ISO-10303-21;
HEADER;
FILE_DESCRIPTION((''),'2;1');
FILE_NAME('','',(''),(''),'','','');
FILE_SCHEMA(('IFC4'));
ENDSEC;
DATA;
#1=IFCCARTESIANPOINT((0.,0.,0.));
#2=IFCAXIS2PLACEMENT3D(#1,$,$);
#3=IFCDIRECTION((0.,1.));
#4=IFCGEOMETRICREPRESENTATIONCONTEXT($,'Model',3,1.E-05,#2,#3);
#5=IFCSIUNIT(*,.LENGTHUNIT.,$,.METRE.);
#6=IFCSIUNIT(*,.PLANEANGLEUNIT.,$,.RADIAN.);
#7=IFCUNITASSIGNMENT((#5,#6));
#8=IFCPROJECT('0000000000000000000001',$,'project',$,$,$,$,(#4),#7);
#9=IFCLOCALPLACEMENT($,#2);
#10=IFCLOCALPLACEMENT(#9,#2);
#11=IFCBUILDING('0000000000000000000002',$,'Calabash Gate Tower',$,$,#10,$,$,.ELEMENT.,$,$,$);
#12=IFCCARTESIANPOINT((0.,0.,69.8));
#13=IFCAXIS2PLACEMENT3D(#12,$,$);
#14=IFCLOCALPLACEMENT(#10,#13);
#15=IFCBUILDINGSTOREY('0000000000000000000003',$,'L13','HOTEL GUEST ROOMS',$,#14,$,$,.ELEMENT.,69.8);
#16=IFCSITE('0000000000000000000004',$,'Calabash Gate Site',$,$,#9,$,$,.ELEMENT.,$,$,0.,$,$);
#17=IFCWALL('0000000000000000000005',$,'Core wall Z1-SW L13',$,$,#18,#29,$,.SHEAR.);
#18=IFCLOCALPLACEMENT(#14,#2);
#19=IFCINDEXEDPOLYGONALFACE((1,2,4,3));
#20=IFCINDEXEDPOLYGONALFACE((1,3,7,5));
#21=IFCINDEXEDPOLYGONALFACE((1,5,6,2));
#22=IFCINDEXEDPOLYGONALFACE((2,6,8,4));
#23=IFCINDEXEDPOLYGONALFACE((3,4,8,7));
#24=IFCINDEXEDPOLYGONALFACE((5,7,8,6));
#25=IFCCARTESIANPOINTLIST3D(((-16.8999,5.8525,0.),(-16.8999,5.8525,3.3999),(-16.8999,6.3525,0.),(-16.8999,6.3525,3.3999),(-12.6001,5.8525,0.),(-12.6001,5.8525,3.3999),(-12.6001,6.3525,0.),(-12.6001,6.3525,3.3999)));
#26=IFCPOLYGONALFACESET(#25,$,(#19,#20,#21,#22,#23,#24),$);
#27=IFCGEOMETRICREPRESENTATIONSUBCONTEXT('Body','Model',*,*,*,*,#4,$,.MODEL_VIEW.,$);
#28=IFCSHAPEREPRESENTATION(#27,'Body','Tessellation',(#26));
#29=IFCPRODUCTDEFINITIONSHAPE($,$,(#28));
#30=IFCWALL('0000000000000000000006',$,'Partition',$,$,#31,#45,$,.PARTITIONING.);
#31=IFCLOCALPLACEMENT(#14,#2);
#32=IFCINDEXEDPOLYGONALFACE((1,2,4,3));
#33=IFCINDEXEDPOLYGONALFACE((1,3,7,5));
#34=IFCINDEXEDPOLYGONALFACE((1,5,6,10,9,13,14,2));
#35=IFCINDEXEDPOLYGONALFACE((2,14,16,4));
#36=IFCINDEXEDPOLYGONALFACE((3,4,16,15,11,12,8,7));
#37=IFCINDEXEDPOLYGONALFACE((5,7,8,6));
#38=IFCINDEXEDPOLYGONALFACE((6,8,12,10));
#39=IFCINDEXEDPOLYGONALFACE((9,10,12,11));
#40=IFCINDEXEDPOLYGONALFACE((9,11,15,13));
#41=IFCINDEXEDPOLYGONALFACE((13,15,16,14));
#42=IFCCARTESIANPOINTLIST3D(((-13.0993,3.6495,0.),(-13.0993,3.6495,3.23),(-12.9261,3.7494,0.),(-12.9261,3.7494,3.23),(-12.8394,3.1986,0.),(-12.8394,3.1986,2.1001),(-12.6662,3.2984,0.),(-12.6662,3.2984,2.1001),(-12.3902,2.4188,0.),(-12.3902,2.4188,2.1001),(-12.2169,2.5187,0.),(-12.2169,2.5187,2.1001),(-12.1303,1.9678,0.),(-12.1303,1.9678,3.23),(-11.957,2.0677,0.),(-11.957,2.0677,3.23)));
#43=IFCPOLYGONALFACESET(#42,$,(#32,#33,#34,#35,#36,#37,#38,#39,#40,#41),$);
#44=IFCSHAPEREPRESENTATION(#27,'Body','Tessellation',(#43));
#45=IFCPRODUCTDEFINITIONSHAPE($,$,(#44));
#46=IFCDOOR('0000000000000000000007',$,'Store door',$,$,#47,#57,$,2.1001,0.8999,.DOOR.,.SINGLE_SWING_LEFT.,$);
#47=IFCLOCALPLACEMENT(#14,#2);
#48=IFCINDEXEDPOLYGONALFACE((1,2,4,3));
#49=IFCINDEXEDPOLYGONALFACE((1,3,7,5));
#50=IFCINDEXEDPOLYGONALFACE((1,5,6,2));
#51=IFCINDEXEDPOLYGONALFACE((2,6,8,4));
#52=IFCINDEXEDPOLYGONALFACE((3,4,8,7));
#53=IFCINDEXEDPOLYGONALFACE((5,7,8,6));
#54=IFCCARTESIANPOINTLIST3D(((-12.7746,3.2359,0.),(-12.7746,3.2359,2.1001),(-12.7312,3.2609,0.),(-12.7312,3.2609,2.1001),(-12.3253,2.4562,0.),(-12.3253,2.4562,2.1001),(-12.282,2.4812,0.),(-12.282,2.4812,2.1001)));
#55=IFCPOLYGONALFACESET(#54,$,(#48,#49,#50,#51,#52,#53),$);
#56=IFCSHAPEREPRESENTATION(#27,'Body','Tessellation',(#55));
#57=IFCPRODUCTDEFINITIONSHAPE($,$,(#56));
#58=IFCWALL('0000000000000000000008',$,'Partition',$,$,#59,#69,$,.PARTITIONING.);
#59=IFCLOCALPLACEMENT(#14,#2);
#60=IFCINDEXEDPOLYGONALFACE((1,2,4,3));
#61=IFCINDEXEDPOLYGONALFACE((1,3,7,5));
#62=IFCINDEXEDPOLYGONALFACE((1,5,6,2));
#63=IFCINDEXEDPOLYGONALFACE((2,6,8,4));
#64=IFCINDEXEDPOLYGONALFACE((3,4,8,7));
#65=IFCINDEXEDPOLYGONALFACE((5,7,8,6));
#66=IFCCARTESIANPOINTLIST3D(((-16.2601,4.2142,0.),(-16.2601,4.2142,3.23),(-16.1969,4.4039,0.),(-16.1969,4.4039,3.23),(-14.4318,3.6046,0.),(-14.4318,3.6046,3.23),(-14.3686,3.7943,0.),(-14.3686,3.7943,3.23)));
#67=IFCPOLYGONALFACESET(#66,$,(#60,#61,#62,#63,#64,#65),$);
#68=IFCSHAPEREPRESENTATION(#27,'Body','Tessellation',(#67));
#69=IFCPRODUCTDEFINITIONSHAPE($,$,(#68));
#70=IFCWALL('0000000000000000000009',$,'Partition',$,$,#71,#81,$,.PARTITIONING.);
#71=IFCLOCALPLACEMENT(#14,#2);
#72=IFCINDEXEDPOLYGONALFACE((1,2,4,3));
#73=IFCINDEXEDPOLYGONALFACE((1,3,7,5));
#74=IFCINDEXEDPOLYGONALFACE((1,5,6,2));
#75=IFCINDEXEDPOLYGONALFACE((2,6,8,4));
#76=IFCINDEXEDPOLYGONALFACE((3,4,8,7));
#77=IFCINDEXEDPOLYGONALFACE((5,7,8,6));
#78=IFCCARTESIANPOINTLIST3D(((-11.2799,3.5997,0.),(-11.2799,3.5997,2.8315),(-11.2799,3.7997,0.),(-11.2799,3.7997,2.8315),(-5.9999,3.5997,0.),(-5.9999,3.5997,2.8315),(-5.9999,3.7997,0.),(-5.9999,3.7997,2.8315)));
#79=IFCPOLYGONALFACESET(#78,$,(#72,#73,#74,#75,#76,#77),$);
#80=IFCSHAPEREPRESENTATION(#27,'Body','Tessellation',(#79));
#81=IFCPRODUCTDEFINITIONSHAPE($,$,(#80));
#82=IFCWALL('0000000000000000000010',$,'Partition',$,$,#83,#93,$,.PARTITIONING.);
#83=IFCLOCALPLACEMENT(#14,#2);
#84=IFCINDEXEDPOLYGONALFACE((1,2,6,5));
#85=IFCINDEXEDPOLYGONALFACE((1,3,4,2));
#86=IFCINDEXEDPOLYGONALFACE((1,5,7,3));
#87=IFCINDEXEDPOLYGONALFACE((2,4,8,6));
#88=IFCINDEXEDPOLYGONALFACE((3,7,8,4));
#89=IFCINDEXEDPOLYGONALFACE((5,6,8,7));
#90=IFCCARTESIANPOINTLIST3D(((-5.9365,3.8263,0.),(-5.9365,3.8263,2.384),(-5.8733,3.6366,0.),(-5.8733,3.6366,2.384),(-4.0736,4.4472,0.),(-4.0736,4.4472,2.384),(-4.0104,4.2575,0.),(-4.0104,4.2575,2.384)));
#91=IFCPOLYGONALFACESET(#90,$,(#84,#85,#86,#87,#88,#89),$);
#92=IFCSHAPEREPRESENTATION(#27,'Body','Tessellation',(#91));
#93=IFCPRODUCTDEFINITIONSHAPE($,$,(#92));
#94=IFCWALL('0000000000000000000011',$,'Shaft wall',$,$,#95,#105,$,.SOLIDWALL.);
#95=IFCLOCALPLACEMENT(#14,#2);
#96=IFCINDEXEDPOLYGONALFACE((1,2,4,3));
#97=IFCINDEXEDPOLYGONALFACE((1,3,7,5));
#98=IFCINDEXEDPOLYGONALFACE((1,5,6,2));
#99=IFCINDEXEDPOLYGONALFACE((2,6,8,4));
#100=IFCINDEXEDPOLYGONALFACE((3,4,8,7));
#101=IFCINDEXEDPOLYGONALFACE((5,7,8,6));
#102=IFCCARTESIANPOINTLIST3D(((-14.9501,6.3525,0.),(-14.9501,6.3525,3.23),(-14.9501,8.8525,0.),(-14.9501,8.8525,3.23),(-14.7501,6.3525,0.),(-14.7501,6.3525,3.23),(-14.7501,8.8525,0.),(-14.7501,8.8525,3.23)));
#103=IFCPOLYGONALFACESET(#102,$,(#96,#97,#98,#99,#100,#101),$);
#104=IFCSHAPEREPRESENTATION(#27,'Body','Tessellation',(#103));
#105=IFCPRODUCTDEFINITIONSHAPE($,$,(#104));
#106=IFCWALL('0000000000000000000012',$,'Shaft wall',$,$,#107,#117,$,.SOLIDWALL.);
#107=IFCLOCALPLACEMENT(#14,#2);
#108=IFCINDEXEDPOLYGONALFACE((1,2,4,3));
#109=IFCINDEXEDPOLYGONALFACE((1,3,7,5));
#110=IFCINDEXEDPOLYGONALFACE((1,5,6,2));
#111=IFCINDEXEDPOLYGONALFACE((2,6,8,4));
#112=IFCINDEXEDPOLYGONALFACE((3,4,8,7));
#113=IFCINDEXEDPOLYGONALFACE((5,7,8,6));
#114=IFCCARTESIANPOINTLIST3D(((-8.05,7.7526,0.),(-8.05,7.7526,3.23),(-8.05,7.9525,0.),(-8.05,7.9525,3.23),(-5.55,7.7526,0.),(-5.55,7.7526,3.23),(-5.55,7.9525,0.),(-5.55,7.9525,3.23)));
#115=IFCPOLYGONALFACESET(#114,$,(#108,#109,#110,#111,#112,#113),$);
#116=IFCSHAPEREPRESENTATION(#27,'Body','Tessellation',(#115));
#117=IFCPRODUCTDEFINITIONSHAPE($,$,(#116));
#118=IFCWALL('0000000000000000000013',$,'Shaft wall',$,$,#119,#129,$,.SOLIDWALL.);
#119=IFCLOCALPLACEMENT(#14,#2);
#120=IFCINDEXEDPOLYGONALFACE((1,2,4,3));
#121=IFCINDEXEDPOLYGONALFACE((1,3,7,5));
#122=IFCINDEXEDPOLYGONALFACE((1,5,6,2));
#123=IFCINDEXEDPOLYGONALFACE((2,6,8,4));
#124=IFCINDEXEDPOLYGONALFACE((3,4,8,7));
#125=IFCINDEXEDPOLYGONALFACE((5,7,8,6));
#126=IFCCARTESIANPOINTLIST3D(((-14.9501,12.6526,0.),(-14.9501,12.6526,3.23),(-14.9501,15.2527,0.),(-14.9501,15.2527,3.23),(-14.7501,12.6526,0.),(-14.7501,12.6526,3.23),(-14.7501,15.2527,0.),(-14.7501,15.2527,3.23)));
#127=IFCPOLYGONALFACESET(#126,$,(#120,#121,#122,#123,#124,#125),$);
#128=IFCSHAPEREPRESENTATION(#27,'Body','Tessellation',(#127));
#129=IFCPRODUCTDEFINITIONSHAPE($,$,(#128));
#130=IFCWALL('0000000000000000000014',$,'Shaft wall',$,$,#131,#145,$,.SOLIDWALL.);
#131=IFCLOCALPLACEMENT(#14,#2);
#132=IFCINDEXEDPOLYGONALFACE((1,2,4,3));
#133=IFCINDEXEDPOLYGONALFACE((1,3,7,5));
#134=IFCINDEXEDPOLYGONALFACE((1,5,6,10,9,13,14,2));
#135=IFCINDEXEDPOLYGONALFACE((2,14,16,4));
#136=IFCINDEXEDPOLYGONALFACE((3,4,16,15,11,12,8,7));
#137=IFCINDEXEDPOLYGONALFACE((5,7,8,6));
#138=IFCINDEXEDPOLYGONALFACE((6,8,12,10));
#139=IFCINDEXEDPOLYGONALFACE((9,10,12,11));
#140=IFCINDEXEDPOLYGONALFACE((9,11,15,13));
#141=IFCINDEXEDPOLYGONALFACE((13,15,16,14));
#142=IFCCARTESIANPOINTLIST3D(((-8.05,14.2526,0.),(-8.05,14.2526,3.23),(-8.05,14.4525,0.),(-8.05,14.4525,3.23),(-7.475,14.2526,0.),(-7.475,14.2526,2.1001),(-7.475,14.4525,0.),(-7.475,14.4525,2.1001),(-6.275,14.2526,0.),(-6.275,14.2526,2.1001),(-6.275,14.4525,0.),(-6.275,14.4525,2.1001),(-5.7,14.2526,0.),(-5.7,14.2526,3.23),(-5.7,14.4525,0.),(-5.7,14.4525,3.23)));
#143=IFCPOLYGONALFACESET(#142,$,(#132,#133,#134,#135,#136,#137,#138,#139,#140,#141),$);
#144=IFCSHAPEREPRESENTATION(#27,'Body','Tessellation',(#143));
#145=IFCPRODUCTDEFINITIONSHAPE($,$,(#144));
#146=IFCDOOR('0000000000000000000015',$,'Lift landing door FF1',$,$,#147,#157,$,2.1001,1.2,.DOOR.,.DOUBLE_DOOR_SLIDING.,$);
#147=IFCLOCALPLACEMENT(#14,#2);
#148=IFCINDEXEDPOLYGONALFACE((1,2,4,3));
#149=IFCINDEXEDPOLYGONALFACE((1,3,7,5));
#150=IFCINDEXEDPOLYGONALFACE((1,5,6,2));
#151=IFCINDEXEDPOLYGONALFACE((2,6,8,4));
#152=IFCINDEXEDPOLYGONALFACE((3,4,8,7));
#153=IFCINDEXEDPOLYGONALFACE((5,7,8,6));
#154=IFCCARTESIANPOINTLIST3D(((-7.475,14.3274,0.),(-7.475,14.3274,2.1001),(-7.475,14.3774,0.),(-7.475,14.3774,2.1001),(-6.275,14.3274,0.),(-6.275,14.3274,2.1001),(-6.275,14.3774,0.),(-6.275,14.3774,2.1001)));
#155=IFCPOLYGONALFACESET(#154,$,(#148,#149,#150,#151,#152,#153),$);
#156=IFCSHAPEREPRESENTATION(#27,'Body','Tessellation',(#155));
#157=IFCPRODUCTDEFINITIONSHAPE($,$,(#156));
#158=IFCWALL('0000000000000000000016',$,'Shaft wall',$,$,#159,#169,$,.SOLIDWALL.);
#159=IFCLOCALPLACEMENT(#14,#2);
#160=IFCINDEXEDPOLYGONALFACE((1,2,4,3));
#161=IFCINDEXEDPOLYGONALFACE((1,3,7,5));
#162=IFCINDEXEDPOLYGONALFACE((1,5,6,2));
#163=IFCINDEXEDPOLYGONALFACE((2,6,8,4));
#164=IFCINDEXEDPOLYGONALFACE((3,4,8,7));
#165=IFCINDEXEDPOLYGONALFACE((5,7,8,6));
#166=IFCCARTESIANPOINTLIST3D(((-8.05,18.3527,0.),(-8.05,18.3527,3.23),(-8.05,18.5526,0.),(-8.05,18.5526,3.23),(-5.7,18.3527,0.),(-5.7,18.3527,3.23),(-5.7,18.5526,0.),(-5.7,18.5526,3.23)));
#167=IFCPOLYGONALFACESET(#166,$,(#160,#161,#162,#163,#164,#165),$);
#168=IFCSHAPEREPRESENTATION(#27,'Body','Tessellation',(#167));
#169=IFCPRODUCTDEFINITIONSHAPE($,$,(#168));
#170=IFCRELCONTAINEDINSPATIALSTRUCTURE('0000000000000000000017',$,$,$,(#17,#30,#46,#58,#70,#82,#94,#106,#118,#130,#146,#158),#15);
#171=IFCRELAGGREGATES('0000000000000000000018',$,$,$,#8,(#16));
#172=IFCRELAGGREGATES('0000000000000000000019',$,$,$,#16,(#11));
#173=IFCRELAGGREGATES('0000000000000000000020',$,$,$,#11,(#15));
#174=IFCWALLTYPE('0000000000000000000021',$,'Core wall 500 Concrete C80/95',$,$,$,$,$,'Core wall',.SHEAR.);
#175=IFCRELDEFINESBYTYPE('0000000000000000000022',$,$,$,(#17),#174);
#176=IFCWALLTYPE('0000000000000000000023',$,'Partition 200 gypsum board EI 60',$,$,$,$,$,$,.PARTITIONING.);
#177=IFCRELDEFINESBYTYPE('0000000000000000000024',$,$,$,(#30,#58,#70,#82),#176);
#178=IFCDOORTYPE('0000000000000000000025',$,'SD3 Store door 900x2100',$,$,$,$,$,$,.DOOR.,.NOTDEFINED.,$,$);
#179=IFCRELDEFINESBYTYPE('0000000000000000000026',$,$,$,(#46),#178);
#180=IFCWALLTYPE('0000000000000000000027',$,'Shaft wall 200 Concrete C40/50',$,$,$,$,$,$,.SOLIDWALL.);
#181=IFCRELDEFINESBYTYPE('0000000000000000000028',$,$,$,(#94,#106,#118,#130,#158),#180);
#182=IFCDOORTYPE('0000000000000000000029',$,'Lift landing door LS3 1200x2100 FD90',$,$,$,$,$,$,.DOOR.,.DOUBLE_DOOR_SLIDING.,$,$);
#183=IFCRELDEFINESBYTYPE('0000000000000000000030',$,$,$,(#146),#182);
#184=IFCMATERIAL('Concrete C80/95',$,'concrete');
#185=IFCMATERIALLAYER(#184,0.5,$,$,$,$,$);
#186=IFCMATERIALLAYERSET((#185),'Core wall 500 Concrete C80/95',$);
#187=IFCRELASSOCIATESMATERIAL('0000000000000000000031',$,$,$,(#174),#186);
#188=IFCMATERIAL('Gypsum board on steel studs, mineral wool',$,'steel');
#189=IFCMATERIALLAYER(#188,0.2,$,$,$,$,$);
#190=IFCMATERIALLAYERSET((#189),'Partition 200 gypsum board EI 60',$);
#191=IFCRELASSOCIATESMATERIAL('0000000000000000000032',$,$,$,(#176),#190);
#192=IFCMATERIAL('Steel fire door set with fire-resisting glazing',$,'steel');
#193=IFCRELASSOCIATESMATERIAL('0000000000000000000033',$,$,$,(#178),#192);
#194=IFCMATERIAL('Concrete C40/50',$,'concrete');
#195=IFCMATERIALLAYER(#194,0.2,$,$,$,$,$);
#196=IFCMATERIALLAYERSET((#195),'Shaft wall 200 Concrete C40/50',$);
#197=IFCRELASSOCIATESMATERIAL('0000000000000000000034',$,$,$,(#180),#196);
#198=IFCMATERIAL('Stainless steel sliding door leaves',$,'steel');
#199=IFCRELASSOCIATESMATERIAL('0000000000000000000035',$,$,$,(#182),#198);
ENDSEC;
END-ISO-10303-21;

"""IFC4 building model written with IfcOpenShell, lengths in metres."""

from ifc_helpers import new_model, si_unit, direction, frame, frame_2d, origin, place, context, subcontext, project, spatial, rectangle, extrude, material, layer, layer_set, type_object, element, fill, save


model = new_model("IFC4")

# Units and contexts
model_context = context("Model", 3, precision=1e-05, world=origin(), true_north=direction((0.0, 1.0)))
body_context = subcontext(model_context, "Body", "Model", "MODEL_VIEW")
ifc_project = project(units=[si_unit("LENGTHUNIT", "METRE"), si_unit("PLANEANGLEUNIT", "RADIAN")], contexts=[model_context])

# Site, building, storey
site_placement = place(None, origin())
site = spatial("IfcSite", under=ifc_project, at=site_placement, Name="Calabash Gate Site", CompositionType="ELEMENT", RefElevation=0.0)
building_placement = place(site_placement, origin())
building = spatial("IfcBuilding", under=site, at=building_placement, Name="Calabash Gate Tower", CompositionType="ELEMENT")
storey_placement = place(building_placement, frame((0.0, 0.0, 69.8)))
storey = spatial("IfcBuildingStorey", under=building, at=storey_placement, Name="L13", Description="HOTEL GUEST ROOMS", CompositionType="ELEMENT", Elevation=69.8)

# Shared definitions
ifc_material_1 = material(Name="Concrete C80/95", Category="concrete")
ifc_layer_1 = layer(ifc_material_1, 0.5)
ifc_layer_set_1 = layer_set([ifc_layer_1], Name="Core wall 500 Concrete C80/95")
wall_type_1 = type_object("IfcWallType", Name="Core wall 500 Concrete C80/95", ElementType="Core wall", PredefinedType="SHEAR", material=ifc_layer_set_1)

# Wall
wall_1_placement = place(storey_placement, frame((-12.6001, 6.1025, 0.0), z_axis=(0.0, 0.0, 1.0), x_axis=(-1.0, 0.0, 0.0)))
element("IfcWall", 1, at=wall_1_placement, inside=storey, type_object=wall_type_1, Name="Core wall Z1-SW L13", PredefinedType="SHEAR", context=body_context, shape_type="SweptSolid", body=[
    extrude(rectangle(XDim=4.2998, YDim=0.5, at=frame_2d((2.1499, 0.0))), origin(), (0.0, 0.0, 1.0), 3.3999),
])

# Wall, opening, door
ifc_material_2 = material(Name="Gypsum board on steel studs, mineral wool", Category="steel")
ifc_layer_2 = layer(ifc_material_2, 0.2)
ifc_layer_set_2 = layer_set([ifc_layer_2], Name="Partition 200 gypsum board EI 60")
wall_type_2 = type_object("IfcWallType", Name="Partition 200 gypsum board EI 60", PredefinedType="PARTITIONING", material=ifc_layer_set_2)
wall_2_placement = place(storey_placement, frame((-13.0127, 3.6995, 0.0), z_axis=(0.0, 0.0, 1.0), x_axis=(0.499265, -0.866449, 0.0)))
wall_2 = element("IfcWall", 2, at=wall_2_placement, inside=storey, type_object=wall_type_2, Name="Partition", PredefinedType="PARTITIONING", context=body_context, shape_type="SweptSolid", body=[
    extrude(rectangle(XDim=1.9409, YDim=0.2, at=frame_2d((0.9705, 0.0))), origin(), (0.0, 0.0, 1.0), 3.23),
])
opening_1_placement = place(wall_2_placement, frame((0.5205, 0.0, 0.0)))
opening_1 = element("IfcOpeningElement", 3, at=opening_1_placement, cuts=wall_2, PredefinedType="OPENING", context=body_context, shape_type="SweptSolid", body=[
    extrude(rectangle(XDim=0.8999, YDim=2.1001, at=frame_2d((0.45, 1.05))), frame((0.0, 0.1099, 0.0), z_axis=(0.0, -1.0, 0.0), x_axis=(1.0, 0.0, 0.0)), (0.0, 0.0, 1.0), 0.22),
])
ifc_material_3 = material(Name="Steel fire door set with fire-resisting glazing", Category="steel")
door_type_1 = type_object("IfcDoorType", Name="SD3 Store door 900x2100", OperationType="NOTDEFINED", PredefinedType="DOOR", material=ifc_material_3)
door_1_placement = place(opening_1_placement, origin())
door_1 = element("IfcDoor", 4, at=door_1_placement, inside=storey, type_object=door_type_1, Name="Store door", OperationType="SINGLE_SWING_LEFT", OverallHeight=2.1001, OverallWidth=0.8999, PredefinedType="DOOR", context=body_context, shape_type="SweptSolid", body=[
    extrude(rectangle(XDim=0.8999, YDim=2.1001, at=frame_2d((0.45, 1.05))), frame((0.0, 0.0249, 0.0), z_axis=(0.0, -1.0, 0.0), x_axis=(1.0, 0.0, 0.0)), (0.0, 0.0, 1.0), 0.05),
])
fill(opening_1, door_1)

# Walls
wall_3_placement = place(storey_placement, frame((-16.2285, 4.3091, 0.0), z_axis=(0.0, 0.0, 1.0), x_axis=(0.948658, -0.316304, 0.0)))
element("IfcWall", 5, at=wall_3_placement, inside=storey, type_object=wall_type_2, Name="Partition", PredefinedType="PARTITIONING", context=body_context, shape_type="SweptSolid", body=[
    extrude(rectangle(XDim=1.9272, YDim=0.2, at=frame_2d((0.9636, 0.0))), origin(), (0.0, 0.0, 1.0), 3.23),
])
wall_4_placement = place(storey_placement, frame((-11.28, 3.6997, 0.0), z_axis=(0.0, 0.0, 1.0), x_axis=(1.0, 0.0, 0.0)))
element("IfcWall", 6, at=wall_4_placement, inside=storey, type_object=wall_type_2, Name="Partition", PredefinedType="PARTITIONING", context=body_context, shape_type="SweptSolid", body=[
    extrude(rectangle(XDim=5.28, YDim=0.2, at=frame_2d((2.6401, 0.0))), origin(), (0.0, 0.0, 1.0), 2.8315),
])
wall_5_placement = place(storey_placement, frame((-5.905, 3.7314, 0.0), z_axis=(0.0, 0.0, 1.0), x_axis=(0.948696, 0.31619, 0.0)))
element("IfcWall", 7, at=wall_5_placement, inside=storey, type_object=wall_type_2, Name="Partition", PredefinedType="PARTITIONING", context=body_context, shape_type="SweptSolid", body=[
    extrude(rectangle(XDim=1.9636, YDim=0.2, at=frame_2d((0.9819, 0.0))), origin(), (0.0, 0.0, 1.0), 2.384),
])
ifc_material_4 = material(Name="Concrete C40/50", Category="concrete")
ifc_layer_3 = layer(ifc_material_4, 0.2)
ifc_layer_set_3 = layer_set([ifc_layer_3], Name="Shaft wall 200 Concrete C40/50")
wall_type_3 = type_object("IfcWallType", Name="Shaft wall 200 Concrete C40/50", PredefinedType="SOLIDWALL", material=ifc_layer_set_3)
for number, where, z_axis, x_axis, name in (
    (8, (-14.8501, 6.3525, 0.0), (0.0, 0.0, 1.0), (0.0, 1.0, 0.0), "Shaft wall"),
    (9, (-8.05, 7.8525, 0.0), (0.0, 0.0, 1.0), (1.0, 0.0, 0.0), "Shaft wall"),
):
    element("IfcWall", number, at=place(storey_placement, frame(where, z_axis=z_axis, x_axis=x_axis)), inside=storey, type_object=wall_type_3, Name=name, PredefinedType="SOLIDWALL", context=body_context, shape_type="SweptSolid", body=[
        extrude(rectangle(XDim=2.5, YDim=0.2, at=frame_2d((1.25, 0.0))), origin(), (0.0, 0.0, 1.0), 3.23),
    ])
wall_6_placement = place(storey_placement, frame((-14.8501, 12.6526, 0.0), z_axis=(0.0, 0.0, 1.0), x_axis=(0.0, 1.0, 0.0)))
element("IfcWall", 10, at=wall_6_placement, inside=storey, type_object=wall_type_3, Name="Shaft wall", PredefinedType="SOLIDWALL", context=body_context, shape_type="SweptSolid", body=[
    extrude(rectangle(XDim=2.6001, YDim=0.2, at=frame_2d((1.3, 0.0))), origin(), (0.0, 0.0, 1.0), 3.23),
])

# Wall, opening, door
wall_7_placement = place(storey_placement, frame((-8.05, 14.3525, 0.0), z_axis=(0.0, 0.0, 1.0), x_axis=(1.0, 0.0, 0.0)))
wall_7 = element("IfcWall", 11, at=wall_7_placement, inside=storey, type_object=wall_type_3, Name="Shaft wall", PredefinedType="SOLIDWALL", context=body_context, shape_type="SweptSolid", body=[
    extrude(rectangle(XDim=2.3501, YDim=0.2, at=frame_2d((1.175, 0.0))), origin(), (0.0, 0.0, 1.0), 3.23),
])
opening_2_placement = place(wall_7_placement, frame((0.575, 0.0, 0.0)))
opening_2 = element("IfcOpeningElement", 12, at=opening_2_placement, cuts=wall_7, PredefinedType="OPENING", context=body_context, shape_type="SweptSolid", body=[
    extrude(rectangle(XDim=1.2, YDim=2.1001, at=frame_2d((0.6001, 1.05))), frame((0.0, 0.1099, 0.0), z_axis=(0.0, -1.0, 0.0), x_axis=(1.0, 0.0, 0.0)), (0.0, 0.0, 1.0), 0.22),
])
ifc_material_5 = material(Name="Stainless steel sliding door leaves", Category="steel")
door_type_2 = type_object("IfcDoorType", Name="Lift landing door LS3 1200x2100 FD90", OperationType="DOUBLE_DOOR_SLIDING", PredefinedType="DOOR", material=ifc_material_5)
door_2_placement = place(opening_2_placement, origin())
door_2 = element("IfcDoor", 13, at=door_2_placement, inside=storey, type_object=door_type_2, Name="Lift landing door FF1", OperationType="DOUBLE_DOOR_SLIDING", OverallHeight=2.1001, OverallWidth=1.2, PredefinedType="DOOR", context=body_context, shape_type="SweptSolid", body=[
    extrude(rectangle(XDim=1.2, YDim=2.1001, at=frame_2d((0.6001, 1.05))), frame((0.0, 0.0249, 0.0), z_axis=(0.0, -1.0, 0.0), x_axis=(1.0, 0.0, 0.0)), (0.0, 0.0, 1.0), 0.05),
])
fill(opening_2, door_2)

# Wall
wall_8_placement = place(storey_placement, frame((-8.05, 18.4526, 0.0), z_axis=(0.0, 0.0, 1.0), x_axis=(1.0, 0.0, 0.0)))
element("IfcWall", 14, at=wall_8_placement, inside=storey, type_object=wall_type_3, Name="Shaft wall", PredefinedType="SOLIDWALL", context=body_context, shape_type="SweptSolid", body=[
    extrude(rectangle(XDim=2.3501, YDim=0.2, at=frame_2d((1.175, 0.0))), origin(), (0.0, 0.0, 1.0), 3.23),
])

save(model, "model.ifc")
